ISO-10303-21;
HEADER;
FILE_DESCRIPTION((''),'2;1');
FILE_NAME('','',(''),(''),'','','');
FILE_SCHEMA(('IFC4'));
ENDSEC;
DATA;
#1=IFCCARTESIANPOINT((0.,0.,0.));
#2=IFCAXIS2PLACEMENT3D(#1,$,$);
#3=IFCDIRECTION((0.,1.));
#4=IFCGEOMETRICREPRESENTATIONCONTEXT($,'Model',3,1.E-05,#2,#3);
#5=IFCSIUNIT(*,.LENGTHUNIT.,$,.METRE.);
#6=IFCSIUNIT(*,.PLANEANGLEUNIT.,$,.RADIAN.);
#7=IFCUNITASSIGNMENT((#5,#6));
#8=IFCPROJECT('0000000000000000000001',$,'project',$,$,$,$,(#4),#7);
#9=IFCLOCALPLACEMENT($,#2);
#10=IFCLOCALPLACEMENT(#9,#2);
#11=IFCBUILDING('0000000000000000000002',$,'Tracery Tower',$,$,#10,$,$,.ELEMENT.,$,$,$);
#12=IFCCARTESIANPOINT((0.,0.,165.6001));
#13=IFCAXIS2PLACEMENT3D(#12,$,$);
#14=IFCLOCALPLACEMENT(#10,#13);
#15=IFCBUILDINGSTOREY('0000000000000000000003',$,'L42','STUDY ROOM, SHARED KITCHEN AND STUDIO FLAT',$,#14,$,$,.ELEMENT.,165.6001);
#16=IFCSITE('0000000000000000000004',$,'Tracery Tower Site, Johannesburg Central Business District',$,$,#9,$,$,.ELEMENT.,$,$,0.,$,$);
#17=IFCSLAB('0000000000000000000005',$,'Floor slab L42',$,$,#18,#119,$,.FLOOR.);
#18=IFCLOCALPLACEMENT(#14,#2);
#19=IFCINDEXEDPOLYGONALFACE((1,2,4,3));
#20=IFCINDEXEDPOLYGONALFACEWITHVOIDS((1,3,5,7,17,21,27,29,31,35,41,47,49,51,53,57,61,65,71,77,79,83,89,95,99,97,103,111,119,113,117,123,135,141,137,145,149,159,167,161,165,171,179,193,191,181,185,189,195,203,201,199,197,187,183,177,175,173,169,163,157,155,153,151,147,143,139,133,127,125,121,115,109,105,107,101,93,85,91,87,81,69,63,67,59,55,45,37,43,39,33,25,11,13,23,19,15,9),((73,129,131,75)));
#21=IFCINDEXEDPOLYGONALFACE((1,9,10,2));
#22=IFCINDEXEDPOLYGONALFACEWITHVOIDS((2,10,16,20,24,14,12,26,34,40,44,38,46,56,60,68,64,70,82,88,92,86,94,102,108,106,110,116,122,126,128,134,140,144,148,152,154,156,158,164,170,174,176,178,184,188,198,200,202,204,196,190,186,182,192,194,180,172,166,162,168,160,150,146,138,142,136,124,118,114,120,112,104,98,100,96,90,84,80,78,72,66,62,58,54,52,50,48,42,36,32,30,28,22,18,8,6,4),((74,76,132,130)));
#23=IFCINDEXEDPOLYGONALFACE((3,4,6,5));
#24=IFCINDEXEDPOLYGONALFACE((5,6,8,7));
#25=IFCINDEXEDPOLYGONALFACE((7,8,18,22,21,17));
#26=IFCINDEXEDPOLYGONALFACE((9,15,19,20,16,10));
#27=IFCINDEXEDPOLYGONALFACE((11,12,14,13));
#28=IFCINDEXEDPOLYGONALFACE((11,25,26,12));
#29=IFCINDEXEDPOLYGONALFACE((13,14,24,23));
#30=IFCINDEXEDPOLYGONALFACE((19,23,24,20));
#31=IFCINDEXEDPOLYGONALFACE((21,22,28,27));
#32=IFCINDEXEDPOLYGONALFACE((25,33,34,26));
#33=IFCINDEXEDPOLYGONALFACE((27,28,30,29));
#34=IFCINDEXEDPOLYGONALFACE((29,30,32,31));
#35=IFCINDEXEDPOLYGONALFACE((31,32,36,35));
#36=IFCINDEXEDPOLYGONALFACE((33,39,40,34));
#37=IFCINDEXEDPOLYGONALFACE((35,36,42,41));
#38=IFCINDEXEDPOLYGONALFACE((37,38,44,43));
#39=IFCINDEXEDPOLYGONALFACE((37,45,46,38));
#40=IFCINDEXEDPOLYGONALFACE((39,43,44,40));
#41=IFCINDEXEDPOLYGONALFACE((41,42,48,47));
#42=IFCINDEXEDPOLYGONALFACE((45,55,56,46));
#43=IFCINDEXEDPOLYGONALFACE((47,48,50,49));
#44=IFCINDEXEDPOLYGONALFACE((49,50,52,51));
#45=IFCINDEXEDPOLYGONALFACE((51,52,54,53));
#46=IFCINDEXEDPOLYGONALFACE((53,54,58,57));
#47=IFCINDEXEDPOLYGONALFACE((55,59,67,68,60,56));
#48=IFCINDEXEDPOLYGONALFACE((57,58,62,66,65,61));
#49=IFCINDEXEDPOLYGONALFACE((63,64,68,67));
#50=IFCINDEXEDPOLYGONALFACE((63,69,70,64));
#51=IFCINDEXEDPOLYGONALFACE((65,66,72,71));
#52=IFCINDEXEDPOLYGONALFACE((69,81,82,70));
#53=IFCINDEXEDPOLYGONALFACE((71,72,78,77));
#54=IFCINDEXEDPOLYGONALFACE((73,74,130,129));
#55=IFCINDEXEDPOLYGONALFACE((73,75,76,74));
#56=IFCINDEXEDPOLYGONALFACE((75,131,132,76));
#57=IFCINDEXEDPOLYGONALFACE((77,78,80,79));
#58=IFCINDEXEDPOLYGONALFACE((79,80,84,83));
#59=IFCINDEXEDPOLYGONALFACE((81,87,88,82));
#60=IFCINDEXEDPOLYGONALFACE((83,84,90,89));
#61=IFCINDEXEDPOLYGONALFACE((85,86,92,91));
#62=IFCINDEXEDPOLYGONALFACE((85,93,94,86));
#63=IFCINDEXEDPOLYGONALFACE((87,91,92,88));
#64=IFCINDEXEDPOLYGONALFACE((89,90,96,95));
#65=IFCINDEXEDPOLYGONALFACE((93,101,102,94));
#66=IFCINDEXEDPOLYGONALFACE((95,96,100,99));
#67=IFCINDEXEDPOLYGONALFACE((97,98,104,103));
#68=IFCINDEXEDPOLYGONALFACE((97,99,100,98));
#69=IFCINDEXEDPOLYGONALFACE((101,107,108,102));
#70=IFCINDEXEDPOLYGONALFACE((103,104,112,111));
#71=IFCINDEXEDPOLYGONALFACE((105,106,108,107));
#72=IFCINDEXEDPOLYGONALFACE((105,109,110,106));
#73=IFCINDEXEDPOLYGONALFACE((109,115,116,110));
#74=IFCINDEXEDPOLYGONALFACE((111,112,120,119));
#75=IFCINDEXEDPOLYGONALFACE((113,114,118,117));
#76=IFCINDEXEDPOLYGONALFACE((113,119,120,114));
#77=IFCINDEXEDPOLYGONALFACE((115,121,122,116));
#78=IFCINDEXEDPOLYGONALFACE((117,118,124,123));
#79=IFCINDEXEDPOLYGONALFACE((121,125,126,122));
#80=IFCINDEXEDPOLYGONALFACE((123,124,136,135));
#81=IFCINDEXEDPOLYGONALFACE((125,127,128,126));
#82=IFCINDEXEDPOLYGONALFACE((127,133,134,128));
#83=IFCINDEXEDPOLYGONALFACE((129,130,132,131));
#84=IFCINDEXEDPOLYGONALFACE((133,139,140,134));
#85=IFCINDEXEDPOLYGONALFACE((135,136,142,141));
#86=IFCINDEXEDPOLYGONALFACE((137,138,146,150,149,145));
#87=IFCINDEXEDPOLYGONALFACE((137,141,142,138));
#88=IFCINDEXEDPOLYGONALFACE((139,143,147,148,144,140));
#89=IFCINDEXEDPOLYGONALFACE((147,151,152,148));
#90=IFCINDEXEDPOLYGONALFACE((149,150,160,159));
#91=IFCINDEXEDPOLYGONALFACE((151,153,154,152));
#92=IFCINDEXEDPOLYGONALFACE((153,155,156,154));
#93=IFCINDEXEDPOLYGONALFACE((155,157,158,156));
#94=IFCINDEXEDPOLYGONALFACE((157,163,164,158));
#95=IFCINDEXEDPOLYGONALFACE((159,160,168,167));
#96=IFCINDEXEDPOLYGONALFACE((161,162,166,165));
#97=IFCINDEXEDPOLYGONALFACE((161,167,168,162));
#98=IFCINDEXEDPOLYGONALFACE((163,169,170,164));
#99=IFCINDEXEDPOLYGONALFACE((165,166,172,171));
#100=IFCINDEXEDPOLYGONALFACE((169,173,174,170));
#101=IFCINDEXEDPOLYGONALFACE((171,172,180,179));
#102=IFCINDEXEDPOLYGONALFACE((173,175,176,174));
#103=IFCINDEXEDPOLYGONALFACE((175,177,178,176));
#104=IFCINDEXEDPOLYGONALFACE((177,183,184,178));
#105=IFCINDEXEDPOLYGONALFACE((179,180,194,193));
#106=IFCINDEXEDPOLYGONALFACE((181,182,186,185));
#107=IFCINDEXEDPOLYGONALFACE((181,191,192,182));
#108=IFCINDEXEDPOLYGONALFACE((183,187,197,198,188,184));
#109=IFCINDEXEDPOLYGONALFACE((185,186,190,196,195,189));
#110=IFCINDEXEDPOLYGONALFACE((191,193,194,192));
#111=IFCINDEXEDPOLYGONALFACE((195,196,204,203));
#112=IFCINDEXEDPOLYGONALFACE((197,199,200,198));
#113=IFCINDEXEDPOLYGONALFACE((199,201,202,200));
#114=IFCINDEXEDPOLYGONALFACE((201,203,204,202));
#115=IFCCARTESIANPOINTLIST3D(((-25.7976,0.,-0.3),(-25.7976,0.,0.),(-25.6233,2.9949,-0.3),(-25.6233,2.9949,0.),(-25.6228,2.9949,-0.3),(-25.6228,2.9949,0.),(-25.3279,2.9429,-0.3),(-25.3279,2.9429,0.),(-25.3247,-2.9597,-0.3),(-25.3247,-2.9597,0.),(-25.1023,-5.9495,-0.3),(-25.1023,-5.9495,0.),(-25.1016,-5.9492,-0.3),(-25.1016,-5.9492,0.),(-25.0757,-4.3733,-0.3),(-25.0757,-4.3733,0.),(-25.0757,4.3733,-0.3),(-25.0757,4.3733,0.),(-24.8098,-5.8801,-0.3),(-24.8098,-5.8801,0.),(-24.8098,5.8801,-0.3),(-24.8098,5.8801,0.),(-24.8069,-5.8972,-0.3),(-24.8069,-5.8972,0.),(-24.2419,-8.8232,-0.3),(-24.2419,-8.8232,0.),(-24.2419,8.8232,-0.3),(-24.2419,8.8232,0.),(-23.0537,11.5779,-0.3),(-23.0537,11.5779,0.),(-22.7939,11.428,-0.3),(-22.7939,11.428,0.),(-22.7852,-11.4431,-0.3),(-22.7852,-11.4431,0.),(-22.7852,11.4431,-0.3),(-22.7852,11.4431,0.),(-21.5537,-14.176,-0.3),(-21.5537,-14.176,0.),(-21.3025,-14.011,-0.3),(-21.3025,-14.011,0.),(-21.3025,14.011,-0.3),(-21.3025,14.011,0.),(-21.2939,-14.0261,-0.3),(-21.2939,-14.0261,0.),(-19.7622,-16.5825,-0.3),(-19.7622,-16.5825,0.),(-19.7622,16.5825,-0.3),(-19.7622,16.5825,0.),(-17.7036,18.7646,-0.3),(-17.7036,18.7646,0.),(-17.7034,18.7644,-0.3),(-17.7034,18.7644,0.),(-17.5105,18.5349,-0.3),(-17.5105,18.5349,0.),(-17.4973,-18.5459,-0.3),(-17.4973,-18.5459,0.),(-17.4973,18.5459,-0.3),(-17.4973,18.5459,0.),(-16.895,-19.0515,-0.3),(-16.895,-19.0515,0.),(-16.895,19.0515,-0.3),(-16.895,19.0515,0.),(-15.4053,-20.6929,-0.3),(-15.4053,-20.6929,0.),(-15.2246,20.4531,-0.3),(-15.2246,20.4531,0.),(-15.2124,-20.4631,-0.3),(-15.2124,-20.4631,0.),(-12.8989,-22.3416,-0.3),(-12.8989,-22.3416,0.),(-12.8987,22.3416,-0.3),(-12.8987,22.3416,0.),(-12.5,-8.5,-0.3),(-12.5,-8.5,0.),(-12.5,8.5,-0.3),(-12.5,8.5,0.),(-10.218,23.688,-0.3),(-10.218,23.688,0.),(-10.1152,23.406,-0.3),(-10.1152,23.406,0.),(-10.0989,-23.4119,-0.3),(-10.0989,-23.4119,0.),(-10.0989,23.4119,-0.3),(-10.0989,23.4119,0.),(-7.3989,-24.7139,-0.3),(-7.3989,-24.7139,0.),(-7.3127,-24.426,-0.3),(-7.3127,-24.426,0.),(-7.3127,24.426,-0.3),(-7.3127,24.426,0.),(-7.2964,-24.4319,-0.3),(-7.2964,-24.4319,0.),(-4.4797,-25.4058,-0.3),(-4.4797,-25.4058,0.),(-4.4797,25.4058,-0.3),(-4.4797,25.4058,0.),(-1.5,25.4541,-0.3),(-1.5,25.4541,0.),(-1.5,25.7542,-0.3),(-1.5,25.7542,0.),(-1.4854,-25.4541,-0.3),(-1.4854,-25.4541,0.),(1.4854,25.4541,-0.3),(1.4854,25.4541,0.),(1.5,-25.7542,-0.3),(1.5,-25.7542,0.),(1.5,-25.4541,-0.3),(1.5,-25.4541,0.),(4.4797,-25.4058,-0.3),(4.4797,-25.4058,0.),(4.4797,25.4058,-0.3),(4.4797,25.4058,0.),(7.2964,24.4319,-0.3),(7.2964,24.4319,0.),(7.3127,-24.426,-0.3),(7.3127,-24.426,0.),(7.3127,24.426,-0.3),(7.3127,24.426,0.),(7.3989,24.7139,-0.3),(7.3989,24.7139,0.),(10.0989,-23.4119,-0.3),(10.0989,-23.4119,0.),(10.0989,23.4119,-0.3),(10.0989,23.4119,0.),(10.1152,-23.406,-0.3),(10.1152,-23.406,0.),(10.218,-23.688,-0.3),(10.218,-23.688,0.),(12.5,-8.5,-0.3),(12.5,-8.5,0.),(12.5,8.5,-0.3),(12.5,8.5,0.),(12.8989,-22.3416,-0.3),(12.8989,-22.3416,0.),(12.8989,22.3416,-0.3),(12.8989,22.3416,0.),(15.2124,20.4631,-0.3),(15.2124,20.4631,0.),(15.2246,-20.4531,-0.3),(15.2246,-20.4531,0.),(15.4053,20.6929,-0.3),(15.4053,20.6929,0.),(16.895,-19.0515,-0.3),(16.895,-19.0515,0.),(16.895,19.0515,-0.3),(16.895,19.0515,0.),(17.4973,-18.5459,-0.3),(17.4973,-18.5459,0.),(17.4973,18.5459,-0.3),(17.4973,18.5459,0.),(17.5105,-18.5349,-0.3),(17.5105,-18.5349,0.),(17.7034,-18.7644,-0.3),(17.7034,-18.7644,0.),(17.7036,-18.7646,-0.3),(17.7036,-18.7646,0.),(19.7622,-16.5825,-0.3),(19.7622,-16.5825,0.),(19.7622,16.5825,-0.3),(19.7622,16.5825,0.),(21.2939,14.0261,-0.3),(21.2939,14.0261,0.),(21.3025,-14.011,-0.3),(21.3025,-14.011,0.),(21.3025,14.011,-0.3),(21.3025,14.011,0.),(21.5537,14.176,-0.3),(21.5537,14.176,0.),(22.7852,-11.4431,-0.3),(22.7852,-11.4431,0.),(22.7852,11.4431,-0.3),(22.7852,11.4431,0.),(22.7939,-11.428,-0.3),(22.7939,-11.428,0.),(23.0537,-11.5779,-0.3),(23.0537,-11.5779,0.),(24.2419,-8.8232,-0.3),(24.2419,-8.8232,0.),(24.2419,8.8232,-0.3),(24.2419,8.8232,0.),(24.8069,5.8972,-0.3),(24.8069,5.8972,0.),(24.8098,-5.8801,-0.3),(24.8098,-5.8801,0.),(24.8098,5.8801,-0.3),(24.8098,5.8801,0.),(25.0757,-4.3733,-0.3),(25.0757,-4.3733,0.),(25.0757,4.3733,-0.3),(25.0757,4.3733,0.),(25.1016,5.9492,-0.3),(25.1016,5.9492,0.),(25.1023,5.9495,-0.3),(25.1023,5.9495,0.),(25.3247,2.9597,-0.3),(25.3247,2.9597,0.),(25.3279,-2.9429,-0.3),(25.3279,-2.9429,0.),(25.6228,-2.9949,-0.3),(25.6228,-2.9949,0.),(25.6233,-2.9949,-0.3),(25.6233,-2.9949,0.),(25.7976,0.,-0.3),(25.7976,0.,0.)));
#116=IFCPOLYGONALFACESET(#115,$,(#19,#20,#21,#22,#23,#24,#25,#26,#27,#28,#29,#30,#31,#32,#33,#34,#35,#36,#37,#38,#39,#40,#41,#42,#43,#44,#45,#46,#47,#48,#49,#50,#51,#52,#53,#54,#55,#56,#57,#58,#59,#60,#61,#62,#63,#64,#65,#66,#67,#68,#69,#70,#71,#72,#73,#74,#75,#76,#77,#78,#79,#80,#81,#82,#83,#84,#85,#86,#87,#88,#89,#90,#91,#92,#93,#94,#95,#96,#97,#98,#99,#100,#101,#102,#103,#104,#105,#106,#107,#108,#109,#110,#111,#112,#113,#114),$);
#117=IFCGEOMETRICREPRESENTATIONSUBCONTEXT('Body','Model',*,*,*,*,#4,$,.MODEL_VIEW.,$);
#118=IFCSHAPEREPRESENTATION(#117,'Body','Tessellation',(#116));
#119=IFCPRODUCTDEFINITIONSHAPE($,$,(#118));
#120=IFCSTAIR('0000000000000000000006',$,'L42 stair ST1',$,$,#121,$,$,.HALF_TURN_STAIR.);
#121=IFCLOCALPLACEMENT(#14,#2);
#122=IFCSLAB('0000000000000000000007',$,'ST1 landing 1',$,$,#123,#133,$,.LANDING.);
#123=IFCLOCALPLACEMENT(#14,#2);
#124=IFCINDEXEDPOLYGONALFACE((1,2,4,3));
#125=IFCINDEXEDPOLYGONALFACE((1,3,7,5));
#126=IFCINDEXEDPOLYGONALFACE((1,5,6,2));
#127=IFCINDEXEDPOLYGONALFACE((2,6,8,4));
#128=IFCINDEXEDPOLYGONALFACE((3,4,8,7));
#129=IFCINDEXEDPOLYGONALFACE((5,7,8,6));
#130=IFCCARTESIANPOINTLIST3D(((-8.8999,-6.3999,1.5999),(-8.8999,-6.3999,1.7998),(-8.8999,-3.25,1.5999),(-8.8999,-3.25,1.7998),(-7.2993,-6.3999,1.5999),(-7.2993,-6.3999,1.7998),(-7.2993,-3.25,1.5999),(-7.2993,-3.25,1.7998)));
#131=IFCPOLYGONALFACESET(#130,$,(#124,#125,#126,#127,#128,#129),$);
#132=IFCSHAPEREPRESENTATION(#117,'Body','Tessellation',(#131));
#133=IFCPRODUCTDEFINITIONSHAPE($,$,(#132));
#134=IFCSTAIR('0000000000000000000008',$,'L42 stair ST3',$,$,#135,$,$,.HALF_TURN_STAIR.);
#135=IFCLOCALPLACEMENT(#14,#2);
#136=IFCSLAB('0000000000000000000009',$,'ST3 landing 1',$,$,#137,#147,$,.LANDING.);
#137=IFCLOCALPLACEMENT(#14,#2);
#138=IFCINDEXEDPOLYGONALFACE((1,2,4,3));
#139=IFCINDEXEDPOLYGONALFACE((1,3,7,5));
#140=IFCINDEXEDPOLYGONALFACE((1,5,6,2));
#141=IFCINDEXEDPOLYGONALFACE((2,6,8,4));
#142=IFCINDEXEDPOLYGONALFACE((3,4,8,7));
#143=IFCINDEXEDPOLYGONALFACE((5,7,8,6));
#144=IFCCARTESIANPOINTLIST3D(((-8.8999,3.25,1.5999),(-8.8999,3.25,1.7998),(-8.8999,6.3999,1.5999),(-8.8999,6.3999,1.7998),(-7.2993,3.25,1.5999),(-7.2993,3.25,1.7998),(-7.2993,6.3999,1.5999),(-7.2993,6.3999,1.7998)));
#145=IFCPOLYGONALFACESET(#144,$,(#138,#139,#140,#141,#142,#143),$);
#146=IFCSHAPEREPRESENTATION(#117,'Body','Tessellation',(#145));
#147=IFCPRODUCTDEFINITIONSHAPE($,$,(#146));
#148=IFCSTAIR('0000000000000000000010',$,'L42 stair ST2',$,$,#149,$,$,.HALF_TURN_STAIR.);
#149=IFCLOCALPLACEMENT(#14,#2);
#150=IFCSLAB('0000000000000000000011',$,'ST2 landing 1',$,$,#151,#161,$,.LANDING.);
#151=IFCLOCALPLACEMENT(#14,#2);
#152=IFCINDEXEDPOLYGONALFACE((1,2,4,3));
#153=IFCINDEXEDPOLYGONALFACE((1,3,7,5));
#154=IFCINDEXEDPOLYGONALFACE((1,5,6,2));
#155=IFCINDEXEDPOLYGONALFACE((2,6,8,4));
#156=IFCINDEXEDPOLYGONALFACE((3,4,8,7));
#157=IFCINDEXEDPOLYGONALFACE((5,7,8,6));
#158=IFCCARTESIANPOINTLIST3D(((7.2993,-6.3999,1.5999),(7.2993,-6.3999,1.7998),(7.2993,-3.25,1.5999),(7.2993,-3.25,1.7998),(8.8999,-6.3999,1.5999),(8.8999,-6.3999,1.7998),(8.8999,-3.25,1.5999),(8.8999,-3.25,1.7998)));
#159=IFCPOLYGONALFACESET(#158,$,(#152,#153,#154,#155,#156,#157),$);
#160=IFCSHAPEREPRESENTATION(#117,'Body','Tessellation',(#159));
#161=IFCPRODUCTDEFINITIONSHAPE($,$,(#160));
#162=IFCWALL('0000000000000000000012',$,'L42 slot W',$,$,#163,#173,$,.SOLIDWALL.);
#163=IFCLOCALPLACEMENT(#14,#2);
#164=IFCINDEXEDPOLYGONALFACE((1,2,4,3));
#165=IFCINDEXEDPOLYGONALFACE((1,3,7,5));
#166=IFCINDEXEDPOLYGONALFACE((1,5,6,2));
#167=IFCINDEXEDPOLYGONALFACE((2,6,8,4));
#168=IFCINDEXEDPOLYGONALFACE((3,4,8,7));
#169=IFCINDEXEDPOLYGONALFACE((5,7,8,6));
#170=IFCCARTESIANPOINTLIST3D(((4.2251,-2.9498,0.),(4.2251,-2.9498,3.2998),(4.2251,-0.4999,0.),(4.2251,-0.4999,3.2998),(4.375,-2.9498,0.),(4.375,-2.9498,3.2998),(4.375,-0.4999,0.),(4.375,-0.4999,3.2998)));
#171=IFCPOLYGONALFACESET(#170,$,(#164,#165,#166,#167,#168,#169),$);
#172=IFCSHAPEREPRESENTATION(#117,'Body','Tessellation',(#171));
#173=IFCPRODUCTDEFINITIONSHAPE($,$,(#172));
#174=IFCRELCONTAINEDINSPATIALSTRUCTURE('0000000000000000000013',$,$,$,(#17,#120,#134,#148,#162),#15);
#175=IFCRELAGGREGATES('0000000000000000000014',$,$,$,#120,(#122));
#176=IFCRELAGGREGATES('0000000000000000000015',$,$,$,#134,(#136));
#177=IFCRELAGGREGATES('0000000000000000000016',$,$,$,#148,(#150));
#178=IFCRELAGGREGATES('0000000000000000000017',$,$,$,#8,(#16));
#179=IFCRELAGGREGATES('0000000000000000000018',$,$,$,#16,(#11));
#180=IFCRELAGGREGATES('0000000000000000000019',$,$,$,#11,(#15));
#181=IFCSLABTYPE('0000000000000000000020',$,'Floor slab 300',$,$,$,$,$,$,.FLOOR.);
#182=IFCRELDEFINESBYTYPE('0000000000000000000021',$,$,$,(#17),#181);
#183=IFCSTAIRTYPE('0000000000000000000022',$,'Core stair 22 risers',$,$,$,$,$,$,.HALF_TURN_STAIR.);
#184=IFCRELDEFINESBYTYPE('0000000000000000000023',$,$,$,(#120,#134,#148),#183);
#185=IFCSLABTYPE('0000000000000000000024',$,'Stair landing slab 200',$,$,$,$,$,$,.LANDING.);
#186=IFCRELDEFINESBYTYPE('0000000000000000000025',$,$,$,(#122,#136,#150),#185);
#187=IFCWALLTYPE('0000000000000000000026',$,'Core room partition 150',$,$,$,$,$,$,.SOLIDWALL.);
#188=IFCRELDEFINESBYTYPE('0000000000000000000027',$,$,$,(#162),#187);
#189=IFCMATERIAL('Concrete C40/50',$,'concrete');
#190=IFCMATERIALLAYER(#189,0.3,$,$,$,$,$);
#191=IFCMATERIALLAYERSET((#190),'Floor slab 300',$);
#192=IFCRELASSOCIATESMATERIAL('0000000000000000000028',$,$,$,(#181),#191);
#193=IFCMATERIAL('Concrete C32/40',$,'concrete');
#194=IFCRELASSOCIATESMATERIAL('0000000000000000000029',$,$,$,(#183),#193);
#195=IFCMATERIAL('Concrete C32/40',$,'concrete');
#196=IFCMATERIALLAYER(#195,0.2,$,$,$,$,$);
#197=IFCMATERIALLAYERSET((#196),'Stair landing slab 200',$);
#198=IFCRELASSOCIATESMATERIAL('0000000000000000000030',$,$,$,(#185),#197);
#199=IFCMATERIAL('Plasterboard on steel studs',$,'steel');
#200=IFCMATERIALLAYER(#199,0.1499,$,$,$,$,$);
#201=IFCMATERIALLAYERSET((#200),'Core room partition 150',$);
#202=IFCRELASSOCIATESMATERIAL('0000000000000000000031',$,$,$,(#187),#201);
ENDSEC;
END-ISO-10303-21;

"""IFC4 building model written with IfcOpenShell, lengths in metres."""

from ifc_helpers import new_model, si_unit, direction, frame, frame_2d, origin, place, context, subcontext, project, spatial, polyline, rectangle, outline, extrude, material, layer, layer_set, type_object, element, aggregate, save


model = new_model("IFC4")

# Units and contexts
model_context = context("Model", 3, precision=1e-05, world=origin(), true_north=direction((0.0, 1.0)))
body_context = subcontext(model_context, "Body", "Model", "MODEL_VIEW")
ifc_project = project(units=[si_unit("LENGTHUNIT", "METRE"), si_unit("PLANEANGLEUNIT", "RADIAN")], contexts=[model_context])

# Site, building, storey
site_placement = place(None, origin())
site = spatial("IfcSite", under=ifc_project, at=site_placement, Name="Tracery Tower Site, Johannesburg Central Business District", CompositionType="ELEMENT", RefElevation=0.0)
building_placement = place(site_placement, origin())
building = spatial("IfcBuilding", under=site, at=building_placement, Name="Tracery Tower", CompositionType="ELEMENT")
storey_placement = place(building_placement, frame((0.0, 0.0, 165.6001)))
storey = spatial("IfcBuildingStorey", under=building, at=storey_placement, Name="L42", Description="STUDY ROOM, SHARED KITCHEN AND STUDIO FLAT", CompositionType="ELEMENT", Elevation=165.6001)

# Slab
ifc_material_1 = material(Name="Concrete C40/50", Category="concrete")
ifc_layer_1 = layer(ifc_material_1, 0.3)
ifc_layer_set_1 = layer_set([ifc_layer_1], Name="Floor slab 300")
slab_type_1 = type_object("IfcSlabType", Name="Floor slab 300", PredefinedType="FLOOR", material=ifc_layer_set_1)
slab_1_placement = place(storey_placement, frame((0.0, 0.0, -0.3)))
element("IfcSlab", 1, at=slab_1_placement, inside=storey, type_object=slab_type_1, Name="Floor slab L42", PredefinedType="FLOOR", context=body_context, shape_type="SweptSolid", body=[
    extrude(outline(polyline([(25.3247, 2.9597), (25.0757, 4.3733), (24.8098, 5.8801), (24.8098, 5.8801), (24.8069, 5.8972), (25.1016, 5.9492), (25.1023, 5.9495), (24.2419, 8.8232), (22.7852, 11.4431), (21.3025, 14.011), (21.3025, 14.011), (21.2939, 14.0261), (21.5537, 14.176), (21.5537, 14.176), (19.7622, 16.5825), (17.4973, 18.5459), (16.895, 19.0515), (15.2124, 20.4631), (15.4053, 20.6929), (12.8989, 22.3416), (10.0989, 23.4119), (7.3127, 24.426), (7.3127, 24.426), (7.2964, 24.4319), (7.3989, 24.7139), (4.4797, 25.4058), (1.4854, 25.4541), (-1.5, 25.4541), (-1.5, 25.7542), (-4.4797, 25.4058), (-7.3127, 24.426), (-10.0989, 23.4119), (-10.0989, 23.4119), (-10.1152, 23.406), (-10.218, 23.688), (-12.8987, 22.3416), (-15.2246, 20.4531), (-16.895, 19.0515), (-17.4973, 18.5459), (-17.4973, 18.5459), (-17.5105, 18.5349), (-17.7034, 18.7644), (-17.7036, 18.7646), (-19.7622, 16.5825), (-21.3025, 14.011), (-22.7852, 11.4431), (-22.7852, 11.4431), (-22.7939, 11.428), (-23.0537, 11.5779), (-23.0537, 11.5779), (-24.2419, 8.8232), (-24.8098, 5.8801), (-25.0757, 4.3733), (-25.3279, 2.9429), (-25.6228, 2.9949), (-25.6233, 2.9949), (-25.7976, 0.0), (-25.3247, -2.9597), (-25.0757, -4.3733), (-24.8098, -5.8801), (-24.8098, -5.8801), (-24.8069, -5.8972), (-25.1016, -5.9492), (-25.1023, -5.9495), (-24.2419, -8.8232), (-22.7852, -11.4431), (-21.3025, -14.011), (-21.3025, -14.011), (-21.2939, -14.0261), (-21.5537, -14.176), (-21.5537, -14.176), (-19.7622, -16.5825), (-17.4973, -18.5459), (-16.895, -19.0515), (-15.2124, -20.4631), (-15.4053, -20.6929), (-12.8989, -22.3416), (-10.0989, -23.4119), (-7.3127, -24.426), (-7.3127, -24.426), (-7.2964, -24.4319), (-7.3989, -24.7139), (-4.4797, -25.4058), (-1.4854, -25.4541), (1.5, -25.4541), (1.5, -25.7542), (4.4797, -25.4058), (7.3127, -24.426), (10.0989, -23.4119), (10.0989, -23.4119), (10.1152, -23.406), (10.218, -23.688), (12.8989, -22.3416), (15.2246, -20.4531), (16.895, -19.0515), (17.4973, -18.5459), (17.4973, -18.5459), (17.5105, -18.5349), (17.7034, -18.7644), (17.7036, -18.7646), (19.7622, -16.5825), (21.3025, -14.011), (22.7852, -11.4431), (22.7852, -11.4431), (22.7939, -11.428), (23.0537, -11.5779), (23.0537, -11.5779), (24.2419, -8.8232), (24.8098, -5.8801), (25.0757, -4.3733), (25.3279, -2.9429), (25.6228, -2.9949), (25.6233, -2.9949), (25.7976, 0.0), (25.3247, 2.9597)]), holes=[polyline([(-12.5, -8.5), (12.5, -8.5), (12.5, 8.5), (-12.5, 8.5), (-12.5, -8.5)])]), origin(), (0.0, 0.0, 1.0), 0.3),
])

# Stairs, slabs
ifc_material_2 = material(Name="Concrete C32/40", Category="concrete")
stair_type = type_object("IfcStairType", Name="Core stair 22 risers", PredefinedType="HALF_TURN_STAIR", material=ifc_material_2)
stair_1_placement = place(storey_placement, origin())
stair_1 = element("IfcStair", 2, at=stair_1_placement, inside=storey, type_object=stair_type, Name="L42 stair ST1", PredefinedType="HALF_TURN_STAIR")
ifc_material_3 = material(Name="Concrete C32/40", Category="concrete")
ifc_layer_2 = layer(ifc_material_3, 0.2)
ifc_layer_set_2 = layer_set([ifc_layer_2], Name="Stair landing slab 200")
slab_type_2 = type_object("IfcSlabType", Name="Stair landing slab 200", PredefinedType="LANDING", material=ifc_layer_set_2)
slab_2_placement = place(storey_placement, frame((0.0, 0.0, 1.5999)))
slab_2 = element("IfcSlab", 3, at=slab_2_placement, type_object=slab_type_2, Name="ST1 landing 1", PredefinedType="LANDING", context=body_context, shape_type="SweptSolid", body=[
    extrude(outline(polyline([(-7.2993, -3.25), (-8.8999, -3.25), (-8.8999, -6.3999), (-7.2993, -6.3999), (-7.2993, -3.25)])), origin(), (0.0, 0.0, 1.0), 0.2),
])
aggregate(stair_1, [slab_2])
stair_2_placement = place(storey_placement, origin())
stair_2 = element("IfcStair", 4, at=stair_2_placement, inside=storey, type_object=stair_type, Name="L42 stair ST3", PredefinedType="HALF_TURN_STAIR")
slab_3_placement = place(storey_placement, frame((0.0, 0.0, 1.5999)))
slab_3 = element("IfcSlab", 5, at=slab_3_placement, type_object=slab_type_2, Name="ST3 landing 1", PredefinedType="LANDING", context=body_context, shape_type="SweptSolid", body=[
    extrude(outline(polyline([(-7.2993, 6.3999), (-8.8999, 6.3999), (-8.8999, 3.25), (-7.2993, 3.25), (-7.2993, 6.3999)])), origin(), (0.0, 0.0, 1.0), 0.2),
])
aggregate(stair_2, [slab_3])
stair_3_placement = place(storey_placement, origin())
stair_3 = element("IfcStair", 6, at=stair_3_placement, inside=storey, type_object=stair_type, Name="L42 stair ST2", PredefinedType="HALF_TURN_STAIR")
slab_4_placement = place(storey_placement, frame((0.0, 0.0, 1.5999)))
slab_4 = element("IfcSlab", 7, at=slab_4_placement, type_object=slab_type_2, Name="ST2 landing 1", PredefinedType="LANDING", context=body_context, shape_type="SweptSolid", body=[
    extrude(outline(polyline([(7.2993, -6.3999), (8.8999, -6.3999), (8.8999, -3.25), (7.2993, -3.25), (7.2993, -6.3999)])), origin(), (0.0, 0.0, 1.0), 0.2),
])

# Wall
ifc_material_4 = material(Name="Plasterboard on steel studs", Category="steel")
ifc_layer_3 = layer(ifc_material_4, 0.1499)
ifc_layer_set_3 = layer_set([ifc_layer_3], Name="Core room partition 150")
wall_type_1 = type_object("IfcWallType", Name="Core room partition 150", PredefinedType="SOLIDWALL", material=ifc_layer_set_3)
wall_1_placement = place(storey_placement, frame((4.3, -2.95, 0.0), z_axis=(0.0, 0.0, 1.0), x_axis=(0.0, 1.0, 0.0)))
element("IfcWall", 8, at=wall_1_placement, inside=storey, type_object=wall_type_1, Name="L42 slot W", PredefinedType="SOLIDWALL", context=body_context, shape_type="SweptSolid", body=[
    extrude(rectangle(XDim=2.45, YDim=0.1499, at=frame_2d((1.2251, 0.0))), origin(), (0.0, 0.0, 1.0), 3.2998),
])

aggregate(stair_3, [slab_4])

save(model, "model.ifc")
